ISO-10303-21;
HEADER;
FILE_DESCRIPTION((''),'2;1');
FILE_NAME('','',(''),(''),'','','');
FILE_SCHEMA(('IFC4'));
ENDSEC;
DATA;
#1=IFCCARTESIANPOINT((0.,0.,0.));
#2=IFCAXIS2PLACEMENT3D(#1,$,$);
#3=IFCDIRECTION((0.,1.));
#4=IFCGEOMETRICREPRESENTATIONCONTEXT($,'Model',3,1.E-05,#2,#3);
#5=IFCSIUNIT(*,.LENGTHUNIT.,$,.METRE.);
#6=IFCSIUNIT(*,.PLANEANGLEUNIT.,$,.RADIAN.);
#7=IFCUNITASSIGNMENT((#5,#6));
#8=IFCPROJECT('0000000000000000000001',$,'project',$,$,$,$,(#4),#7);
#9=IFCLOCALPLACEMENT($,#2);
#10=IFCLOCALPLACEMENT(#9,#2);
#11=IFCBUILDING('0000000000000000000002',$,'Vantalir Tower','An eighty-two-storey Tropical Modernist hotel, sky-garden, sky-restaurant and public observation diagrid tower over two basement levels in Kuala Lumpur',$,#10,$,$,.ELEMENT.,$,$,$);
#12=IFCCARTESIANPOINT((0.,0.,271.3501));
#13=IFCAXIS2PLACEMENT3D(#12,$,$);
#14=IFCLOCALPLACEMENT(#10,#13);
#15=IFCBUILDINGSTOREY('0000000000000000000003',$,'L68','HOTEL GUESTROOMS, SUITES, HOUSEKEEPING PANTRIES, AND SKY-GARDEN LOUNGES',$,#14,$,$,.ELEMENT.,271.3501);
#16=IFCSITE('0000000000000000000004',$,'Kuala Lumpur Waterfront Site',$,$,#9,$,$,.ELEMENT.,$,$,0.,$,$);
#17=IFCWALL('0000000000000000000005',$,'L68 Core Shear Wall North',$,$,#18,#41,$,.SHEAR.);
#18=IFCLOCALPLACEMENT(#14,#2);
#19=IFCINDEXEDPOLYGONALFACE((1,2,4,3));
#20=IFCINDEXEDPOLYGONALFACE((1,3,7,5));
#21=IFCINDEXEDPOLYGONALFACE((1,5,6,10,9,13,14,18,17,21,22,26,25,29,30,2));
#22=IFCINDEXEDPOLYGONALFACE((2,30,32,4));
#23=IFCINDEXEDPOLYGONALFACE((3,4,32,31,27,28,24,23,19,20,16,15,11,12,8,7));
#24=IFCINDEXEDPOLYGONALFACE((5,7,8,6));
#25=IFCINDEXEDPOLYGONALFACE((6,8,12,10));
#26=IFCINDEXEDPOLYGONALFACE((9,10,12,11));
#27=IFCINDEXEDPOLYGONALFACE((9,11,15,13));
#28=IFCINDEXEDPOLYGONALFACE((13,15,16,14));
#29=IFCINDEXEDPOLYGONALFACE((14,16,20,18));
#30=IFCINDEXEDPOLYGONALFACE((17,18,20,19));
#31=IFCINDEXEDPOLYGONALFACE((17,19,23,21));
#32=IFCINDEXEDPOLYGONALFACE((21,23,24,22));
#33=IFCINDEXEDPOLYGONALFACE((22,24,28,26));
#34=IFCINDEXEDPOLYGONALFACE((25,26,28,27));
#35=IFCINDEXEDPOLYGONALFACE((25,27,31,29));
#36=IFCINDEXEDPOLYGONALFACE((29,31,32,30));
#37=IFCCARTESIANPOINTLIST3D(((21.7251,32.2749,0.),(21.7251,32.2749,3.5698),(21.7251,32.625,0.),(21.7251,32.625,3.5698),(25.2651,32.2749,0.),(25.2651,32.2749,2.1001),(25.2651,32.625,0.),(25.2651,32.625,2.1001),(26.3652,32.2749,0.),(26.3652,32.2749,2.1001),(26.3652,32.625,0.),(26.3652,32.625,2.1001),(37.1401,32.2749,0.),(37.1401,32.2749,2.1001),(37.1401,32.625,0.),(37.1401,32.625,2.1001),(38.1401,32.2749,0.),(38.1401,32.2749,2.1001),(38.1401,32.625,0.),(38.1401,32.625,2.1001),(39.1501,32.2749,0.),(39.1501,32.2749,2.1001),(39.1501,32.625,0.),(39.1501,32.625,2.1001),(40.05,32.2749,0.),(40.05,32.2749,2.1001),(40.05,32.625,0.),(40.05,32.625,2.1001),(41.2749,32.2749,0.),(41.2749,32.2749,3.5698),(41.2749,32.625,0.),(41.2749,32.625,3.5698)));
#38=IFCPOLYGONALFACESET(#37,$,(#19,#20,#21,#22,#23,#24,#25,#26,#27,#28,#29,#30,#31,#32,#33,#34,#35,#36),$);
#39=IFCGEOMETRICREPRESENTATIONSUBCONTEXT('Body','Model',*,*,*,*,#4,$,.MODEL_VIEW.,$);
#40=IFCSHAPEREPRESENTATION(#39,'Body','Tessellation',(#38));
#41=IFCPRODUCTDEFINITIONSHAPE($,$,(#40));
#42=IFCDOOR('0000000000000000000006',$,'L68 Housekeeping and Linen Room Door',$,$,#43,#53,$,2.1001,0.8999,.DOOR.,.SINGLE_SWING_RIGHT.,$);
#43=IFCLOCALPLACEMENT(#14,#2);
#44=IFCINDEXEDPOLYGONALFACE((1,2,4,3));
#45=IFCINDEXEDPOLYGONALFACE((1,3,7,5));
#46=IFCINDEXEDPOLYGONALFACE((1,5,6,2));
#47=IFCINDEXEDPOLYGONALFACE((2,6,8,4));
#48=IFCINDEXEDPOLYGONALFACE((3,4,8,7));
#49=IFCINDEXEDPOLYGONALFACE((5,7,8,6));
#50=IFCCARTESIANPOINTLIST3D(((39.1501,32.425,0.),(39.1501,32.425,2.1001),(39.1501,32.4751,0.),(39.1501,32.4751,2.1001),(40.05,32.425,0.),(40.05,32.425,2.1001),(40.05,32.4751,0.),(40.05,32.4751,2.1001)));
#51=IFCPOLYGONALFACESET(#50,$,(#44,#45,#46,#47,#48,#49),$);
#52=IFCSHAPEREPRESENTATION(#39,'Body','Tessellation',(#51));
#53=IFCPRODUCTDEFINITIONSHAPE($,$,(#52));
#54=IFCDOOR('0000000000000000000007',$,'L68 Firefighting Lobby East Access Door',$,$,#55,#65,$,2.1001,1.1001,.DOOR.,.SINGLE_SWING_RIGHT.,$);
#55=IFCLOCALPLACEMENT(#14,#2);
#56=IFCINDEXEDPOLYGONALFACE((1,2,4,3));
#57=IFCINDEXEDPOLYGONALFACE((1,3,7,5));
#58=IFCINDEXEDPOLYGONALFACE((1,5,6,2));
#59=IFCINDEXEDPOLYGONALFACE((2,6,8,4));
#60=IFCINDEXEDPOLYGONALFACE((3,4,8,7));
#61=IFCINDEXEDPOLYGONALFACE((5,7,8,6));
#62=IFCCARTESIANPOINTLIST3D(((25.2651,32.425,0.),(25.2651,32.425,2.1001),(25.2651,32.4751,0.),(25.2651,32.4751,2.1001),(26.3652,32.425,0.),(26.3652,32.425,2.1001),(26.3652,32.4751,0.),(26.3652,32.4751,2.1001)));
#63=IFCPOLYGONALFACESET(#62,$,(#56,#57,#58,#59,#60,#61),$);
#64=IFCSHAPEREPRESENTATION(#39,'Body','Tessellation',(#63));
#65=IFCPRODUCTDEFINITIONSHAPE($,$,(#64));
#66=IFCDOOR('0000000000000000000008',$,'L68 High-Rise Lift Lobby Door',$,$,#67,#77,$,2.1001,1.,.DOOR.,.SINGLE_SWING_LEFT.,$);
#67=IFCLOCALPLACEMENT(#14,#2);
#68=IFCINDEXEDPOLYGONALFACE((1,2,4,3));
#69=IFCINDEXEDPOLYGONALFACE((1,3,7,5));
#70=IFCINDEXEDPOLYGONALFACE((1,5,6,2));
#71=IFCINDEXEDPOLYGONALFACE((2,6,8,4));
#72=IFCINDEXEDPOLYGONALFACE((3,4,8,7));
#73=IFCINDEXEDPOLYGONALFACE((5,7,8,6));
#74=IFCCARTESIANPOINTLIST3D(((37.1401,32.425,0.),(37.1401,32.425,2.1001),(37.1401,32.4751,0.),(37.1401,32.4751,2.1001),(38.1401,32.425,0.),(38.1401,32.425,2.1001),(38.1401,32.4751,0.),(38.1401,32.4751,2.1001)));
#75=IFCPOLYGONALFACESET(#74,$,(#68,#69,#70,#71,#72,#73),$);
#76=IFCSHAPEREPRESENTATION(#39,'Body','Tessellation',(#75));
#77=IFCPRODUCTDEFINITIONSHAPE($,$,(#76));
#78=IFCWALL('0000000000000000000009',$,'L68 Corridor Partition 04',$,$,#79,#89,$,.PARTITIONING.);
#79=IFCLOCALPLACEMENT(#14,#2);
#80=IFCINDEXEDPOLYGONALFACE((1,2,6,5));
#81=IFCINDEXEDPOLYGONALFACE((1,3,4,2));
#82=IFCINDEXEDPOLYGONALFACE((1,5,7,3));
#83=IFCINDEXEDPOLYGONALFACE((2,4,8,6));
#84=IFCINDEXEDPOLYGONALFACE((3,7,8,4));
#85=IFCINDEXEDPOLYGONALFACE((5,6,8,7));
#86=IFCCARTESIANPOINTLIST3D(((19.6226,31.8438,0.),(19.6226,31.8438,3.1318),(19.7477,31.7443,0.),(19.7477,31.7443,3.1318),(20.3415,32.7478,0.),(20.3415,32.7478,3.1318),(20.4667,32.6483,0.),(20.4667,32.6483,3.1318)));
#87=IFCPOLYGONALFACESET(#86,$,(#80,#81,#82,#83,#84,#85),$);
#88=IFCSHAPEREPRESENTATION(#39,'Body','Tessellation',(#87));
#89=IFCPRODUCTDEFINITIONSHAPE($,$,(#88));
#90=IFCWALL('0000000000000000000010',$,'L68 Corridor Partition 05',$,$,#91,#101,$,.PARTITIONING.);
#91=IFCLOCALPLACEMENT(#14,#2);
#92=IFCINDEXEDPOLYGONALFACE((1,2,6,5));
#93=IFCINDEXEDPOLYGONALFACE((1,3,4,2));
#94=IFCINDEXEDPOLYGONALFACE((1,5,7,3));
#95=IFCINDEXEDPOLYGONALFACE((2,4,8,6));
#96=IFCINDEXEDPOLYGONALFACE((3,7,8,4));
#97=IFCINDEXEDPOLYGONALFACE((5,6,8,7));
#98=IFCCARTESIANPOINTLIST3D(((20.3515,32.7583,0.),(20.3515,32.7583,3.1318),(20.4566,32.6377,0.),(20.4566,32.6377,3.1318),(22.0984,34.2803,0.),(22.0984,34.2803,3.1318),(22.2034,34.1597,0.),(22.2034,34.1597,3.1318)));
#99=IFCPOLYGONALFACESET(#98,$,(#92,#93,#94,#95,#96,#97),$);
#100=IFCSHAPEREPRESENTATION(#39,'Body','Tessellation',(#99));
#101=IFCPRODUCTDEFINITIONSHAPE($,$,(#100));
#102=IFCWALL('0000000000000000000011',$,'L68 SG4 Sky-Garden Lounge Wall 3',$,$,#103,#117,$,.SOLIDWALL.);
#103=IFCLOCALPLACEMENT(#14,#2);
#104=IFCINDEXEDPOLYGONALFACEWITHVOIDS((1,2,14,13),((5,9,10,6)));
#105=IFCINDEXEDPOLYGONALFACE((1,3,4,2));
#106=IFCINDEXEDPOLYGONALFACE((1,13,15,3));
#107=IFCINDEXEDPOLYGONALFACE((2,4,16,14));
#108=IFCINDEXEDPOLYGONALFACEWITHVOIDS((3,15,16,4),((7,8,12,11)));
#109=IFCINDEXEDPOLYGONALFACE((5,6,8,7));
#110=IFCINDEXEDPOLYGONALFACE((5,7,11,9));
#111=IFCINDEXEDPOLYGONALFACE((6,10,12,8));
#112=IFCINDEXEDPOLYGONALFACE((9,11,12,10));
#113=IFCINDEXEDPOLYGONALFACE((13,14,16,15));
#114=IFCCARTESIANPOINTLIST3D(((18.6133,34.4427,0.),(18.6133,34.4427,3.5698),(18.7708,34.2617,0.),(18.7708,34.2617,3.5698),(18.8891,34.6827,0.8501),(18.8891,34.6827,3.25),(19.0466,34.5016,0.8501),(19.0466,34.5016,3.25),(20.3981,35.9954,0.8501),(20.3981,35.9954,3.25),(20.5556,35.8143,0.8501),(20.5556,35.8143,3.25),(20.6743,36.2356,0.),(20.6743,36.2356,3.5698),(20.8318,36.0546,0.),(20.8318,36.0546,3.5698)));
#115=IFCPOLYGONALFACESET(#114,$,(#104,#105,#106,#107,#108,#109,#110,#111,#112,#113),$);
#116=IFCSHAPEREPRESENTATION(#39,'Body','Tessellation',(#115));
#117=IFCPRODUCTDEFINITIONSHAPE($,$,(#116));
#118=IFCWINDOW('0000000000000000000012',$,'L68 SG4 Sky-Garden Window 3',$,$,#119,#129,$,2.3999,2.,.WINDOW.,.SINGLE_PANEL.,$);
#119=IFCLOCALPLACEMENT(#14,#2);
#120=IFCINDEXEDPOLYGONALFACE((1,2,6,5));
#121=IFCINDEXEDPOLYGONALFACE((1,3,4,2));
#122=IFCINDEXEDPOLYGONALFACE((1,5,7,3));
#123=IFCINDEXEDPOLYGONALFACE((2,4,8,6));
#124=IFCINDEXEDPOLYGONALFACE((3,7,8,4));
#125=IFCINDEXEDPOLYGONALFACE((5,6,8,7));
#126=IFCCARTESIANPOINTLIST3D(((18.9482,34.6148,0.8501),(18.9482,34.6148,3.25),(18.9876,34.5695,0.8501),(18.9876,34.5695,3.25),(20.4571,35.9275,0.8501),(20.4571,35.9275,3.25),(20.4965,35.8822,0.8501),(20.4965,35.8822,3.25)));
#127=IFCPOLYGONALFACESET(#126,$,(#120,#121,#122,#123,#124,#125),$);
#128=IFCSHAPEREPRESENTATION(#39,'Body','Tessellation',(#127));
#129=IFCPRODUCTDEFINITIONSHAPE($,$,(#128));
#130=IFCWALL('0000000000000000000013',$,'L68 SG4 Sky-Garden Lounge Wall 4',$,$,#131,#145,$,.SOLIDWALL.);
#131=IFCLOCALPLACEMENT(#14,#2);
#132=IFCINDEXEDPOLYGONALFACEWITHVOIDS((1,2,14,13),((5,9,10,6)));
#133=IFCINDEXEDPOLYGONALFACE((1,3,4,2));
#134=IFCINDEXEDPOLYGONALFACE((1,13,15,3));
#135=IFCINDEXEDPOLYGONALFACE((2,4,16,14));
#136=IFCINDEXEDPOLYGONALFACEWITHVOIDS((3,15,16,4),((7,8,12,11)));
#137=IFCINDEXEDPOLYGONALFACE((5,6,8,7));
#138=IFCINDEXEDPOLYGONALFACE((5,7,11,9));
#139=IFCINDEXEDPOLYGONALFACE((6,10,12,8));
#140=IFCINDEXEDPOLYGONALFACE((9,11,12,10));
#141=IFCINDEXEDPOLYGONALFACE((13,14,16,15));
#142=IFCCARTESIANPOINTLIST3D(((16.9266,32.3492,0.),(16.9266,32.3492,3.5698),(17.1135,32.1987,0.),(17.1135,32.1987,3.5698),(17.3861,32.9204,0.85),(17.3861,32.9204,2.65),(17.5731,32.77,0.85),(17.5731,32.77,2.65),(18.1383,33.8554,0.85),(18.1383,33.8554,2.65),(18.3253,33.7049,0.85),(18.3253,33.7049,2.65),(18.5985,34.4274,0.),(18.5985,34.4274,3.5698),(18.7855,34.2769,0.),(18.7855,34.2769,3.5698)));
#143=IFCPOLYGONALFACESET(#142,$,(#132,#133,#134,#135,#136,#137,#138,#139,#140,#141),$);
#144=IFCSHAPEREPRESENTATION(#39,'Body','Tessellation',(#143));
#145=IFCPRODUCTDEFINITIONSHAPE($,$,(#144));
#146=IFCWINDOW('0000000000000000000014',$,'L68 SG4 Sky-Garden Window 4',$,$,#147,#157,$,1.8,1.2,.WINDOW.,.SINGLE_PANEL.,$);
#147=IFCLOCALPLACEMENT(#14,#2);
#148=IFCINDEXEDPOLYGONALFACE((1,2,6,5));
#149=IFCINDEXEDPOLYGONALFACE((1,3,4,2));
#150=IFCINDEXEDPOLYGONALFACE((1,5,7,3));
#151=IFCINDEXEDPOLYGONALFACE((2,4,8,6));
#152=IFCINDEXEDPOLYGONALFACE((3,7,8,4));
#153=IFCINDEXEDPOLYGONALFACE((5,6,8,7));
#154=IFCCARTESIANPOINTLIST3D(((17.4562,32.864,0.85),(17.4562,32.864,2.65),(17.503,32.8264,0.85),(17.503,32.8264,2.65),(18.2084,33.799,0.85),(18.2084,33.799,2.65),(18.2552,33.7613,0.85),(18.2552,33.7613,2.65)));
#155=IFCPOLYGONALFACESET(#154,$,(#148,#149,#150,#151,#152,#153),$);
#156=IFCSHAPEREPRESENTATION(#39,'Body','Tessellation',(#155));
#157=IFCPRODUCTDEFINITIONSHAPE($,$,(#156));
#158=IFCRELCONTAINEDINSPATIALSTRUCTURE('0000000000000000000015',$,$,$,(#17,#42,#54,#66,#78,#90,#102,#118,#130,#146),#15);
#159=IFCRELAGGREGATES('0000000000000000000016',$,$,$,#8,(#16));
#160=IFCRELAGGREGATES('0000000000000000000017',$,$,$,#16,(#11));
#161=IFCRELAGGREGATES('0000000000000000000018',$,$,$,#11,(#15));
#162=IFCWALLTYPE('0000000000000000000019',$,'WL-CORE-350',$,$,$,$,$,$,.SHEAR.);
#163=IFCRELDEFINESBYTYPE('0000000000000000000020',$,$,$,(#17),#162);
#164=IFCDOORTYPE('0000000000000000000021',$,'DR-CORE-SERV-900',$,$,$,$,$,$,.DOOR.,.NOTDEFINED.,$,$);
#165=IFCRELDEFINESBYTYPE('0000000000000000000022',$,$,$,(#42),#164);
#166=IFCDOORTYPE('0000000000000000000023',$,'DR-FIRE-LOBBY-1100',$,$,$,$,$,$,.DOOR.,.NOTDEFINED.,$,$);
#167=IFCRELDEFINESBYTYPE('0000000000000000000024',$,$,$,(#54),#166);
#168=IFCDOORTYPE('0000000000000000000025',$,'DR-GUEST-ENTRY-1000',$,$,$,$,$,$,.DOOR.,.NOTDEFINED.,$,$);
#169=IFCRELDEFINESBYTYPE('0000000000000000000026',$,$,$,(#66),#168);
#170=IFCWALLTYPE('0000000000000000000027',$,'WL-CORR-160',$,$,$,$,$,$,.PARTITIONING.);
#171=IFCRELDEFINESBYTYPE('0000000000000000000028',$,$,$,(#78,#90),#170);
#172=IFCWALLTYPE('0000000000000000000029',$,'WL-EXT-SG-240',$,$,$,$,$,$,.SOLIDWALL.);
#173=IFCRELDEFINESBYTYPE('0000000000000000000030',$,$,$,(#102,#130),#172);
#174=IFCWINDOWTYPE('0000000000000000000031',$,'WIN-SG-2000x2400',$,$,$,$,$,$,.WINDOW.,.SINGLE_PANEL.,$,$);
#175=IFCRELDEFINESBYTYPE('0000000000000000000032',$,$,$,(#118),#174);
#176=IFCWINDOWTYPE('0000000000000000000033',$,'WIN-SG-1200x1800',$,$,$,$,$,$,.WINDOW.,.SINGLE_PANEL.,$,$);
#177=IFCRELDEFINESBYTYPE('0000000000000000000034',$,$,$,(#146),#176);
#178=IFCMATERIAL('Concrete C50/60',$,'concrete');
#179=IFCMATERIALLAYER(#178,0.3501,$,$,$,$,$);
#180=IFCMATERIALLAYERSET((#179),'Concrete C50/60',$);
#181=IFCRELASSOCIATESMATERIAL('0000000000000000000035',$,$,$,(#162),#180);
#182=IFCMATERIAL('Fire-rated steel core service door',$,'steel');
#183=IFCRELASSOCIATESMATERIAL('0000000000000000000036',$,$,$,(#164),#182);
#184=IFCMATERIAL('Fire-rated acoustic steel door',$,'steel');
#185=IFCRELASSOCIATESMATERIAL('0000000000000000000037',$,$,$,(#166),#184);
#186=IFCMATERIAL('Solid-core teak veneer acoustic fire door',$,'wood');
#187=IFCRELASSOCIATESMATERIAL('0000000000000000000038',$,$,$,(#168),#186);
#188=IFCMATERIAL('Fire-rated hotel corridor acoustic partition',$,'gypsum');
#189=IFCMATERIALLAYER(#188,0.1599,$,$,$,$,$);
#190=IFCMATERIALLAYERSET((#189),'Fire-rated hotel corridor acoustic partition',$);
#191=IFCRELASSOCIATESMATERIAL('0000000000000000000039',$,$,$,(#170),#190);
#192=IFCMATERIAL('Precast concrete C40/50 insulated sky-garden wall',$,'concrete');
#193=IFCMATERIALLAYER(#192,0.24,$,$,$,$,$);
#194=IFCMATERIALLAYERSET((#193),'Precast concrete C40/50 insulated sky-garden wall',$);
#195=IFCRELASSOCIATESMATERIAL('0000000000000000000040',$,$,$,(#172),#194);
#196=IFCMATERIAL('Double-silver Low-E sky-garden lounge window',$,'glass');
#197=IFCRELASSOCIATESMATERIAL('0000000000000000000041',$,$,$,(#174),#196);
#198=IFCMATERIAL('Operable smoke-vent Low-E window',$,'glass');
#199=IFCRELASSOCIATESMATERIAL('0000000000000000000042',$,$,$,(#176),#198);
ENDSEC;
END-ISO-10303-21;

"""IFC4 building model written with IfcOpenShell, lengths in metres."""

from ifc_helpers import new_model, si_unit, direction, frame, frame_2d, origin, place, context, subcontext, project, spatial, rectangle, extrude, material, layer, layer_set, type_object, element, fill, save


model = new_model("IFC4")

# Units and contexts
model_context = context("Model", 3, precision=1e-05, world=origin(), true_north=direction((0.0, 1.0)))
body_context = subcontext(model_context, "Body", "Model", "MODEL_VIEW")
ifc_project = project(units=[si_unit("LENGTHUNIT", "METRE"), si_unit("PLANEANGLEUNIT", "RADIAN")], contexts=[model_context])

# Site, building, storey
site_placement = place(None, origin())
site = spatial("IfcSite", under=ifc_project, at=site_placement, Name="Kuala Lumpur Waterfront Site", CompositionType="ELEMENT", RefElevation=0.0)
building_placement = place(site_placement, origin())
building = spatial("IfcBuilding", under=site, at=building_placement, Name="Vantalir Tower", Description="An eighty-two-storey Tropical Modernist hotel, sky-garden, sky-restaurant and public observation diagrid tower over two basement levels in Kuala Lumpur", CompositionType="ELEMENT")
storey_placement = place(building_placement, frame((0.0, 0.0, 271.3501)))
storey = spatial("IfcBuildingStorey", under=building, at=storey_placement, Name="L68", Description="HOTEL GUESTROOMS, SUITES, HOUSEKEEPING PANTRIES, AND SKY-GARDEN LOUNGES", CompositionType="ELEMENT", Elevation=271.3501)

# Wall, openings, doors
ifc_material_1 = material(Name="Concrete C50/60", Category="concrete")
ifc_layer_1 = layer(ifc_material_1, 0.3501)
ifc_layer_set_1 = layer_set([ifc_layer_1], Name="Concrete C50/60")
wall_type_1 = type_object("IfcWallType", Name="WL-CORE-350", PredefinedType="SHEAR", material=ifc_layer_set_1)
wall_1_placement = place(storey_placement, frame((21.7251, 32.45, 0.0), z_axis=(0.0, 0.0, 1.0), x_axis=(1.0, 0.0, 0.0)))
wall_1 = element("IfcWall", 1, at=wall_1_placement, inside=storey, type_object=wall_type_1, Name="L68 Core Shear Wall North", PredefinedType="SHEAR", context=body_context, shape_type="SweptSolid", body=[
    extrude(rectangle(XDim=19.5498, YDim=0.3501, at=frame_2d((9.7749, 0.0))), origin(), (0.0, 0.0, 1.0), 3.5698),
])
opening_1_placement = place(wall_1_placement, frame((3.54, 0.0, 0.0)))
opening_1 = element("IfcOpeningElement", 2, at=opening_1_placement, cuts=wall_1, PredefinedType="OPENING", context=body_context, shape_type="SweptSolid", body=[
    extrude(rectangle(XDim=1.1001, YDim=2.1001, at=frame_2d((0.55, 1.05))), frame((0.0, 0.1851, 0.0), z_axis=(0.0, -1.0, 0.0), x_axis=(1.0, 0.0, 0.0)), (0.0, 0.0, 1.0), 0.3701),
])
opening_2_placement = place(wall_1_placement, frame((15.415, 0.0, 0.0)))
opening_2 = element("IfcOpeningElement", 3, at=opening_2_placement, cuts=wall_1, PredefinedType="OPENING", context=body_context, shape_type="SweptSolid", body=[
    extrude(rectangle(XDim=1.0, YDim=2.1001, at=frame_2d((0.5, 1.05))), frame((0.0, 0.1851, 0.0), z_axis=(0.0, -1.0, 0.0), x_axis=(1.0, 0.0, 0.0)), (0.0, 0.0, 1.0), 0.3701),
])
opening_3_placement = place(wall_1_placement, frame((17.425, 0.0, 0.0)))
opening_3 = element("IfcOpeningElement", 4, at=opening_3_placement, cuts=wall_1, PredefinedType="OPENING", context=body_context, shape_type="SweptSolid", body=[
    extrude(rectangle(XDim=0.8999, YDim=2.1001, at=frame_2d((0.45, 1.05))), frame((0.0, 0.1851, 0.0), z_axis=(0.0, -1.0, 0.0), x_axis=(1.0, 0.0, 0.0)), (0.0, 0.0, 1.0), 0.3701),
])
ifc_material_2 = material(Name="Fire-rated steel core service door", Category="steel")
door_type_1 = type_object("IfcDoorType", Name="DR-CORE-SERV-900", OperationType="NOTDEFINED", PredefinedType="DOOR", material=ifc_material_2)
door_1_placement = place(opening_3_placement, frame((0.8999, 0.0, 0.0), z_axis=(0.0, 0.0, 1.0), x_axis=(-1.0, 0.0, 0.0)))
door_1 = element("IfcDoor", 5, at=door_1_placement, inside=storey, type_object=door_type_1, Name="L68 Housekeeping and Linen Room Door", OperationType="SINGLE_SWING_RIGHT", OverallHeight=2.1001, OverallWidth=0.8999, PredefinedType="DOOR", context=body_context, shape_type="SweptSolid", body=[
    extrude(rectangle(XDim=0.8999, YDim=2.1001, at=frame_2d((0.45, 1.05))), frame((0.0, 0.0249, 0.0), z_axis=(0.0, -1.0, 0.0), x_axis=(1.0, 0.0, 0.0)), (0.0, 0.0, 1.0), 0.05),
])
fill(opening_3, door_1)
ifc_material_3 = material(Name="Fire-rated acoustic steel door", Category="steel")
door_type_2 = type_object("IfcDoorType", Name="DR-FIRE-LOBBY-1100", OperationType="NOTDEFINED", PredefinedType="DOOR", material=ifc_material_3)
door_2_placement = place(opening_1_placement, frame((1.1001, 0.0, 0.0), z_axis=(0.0, 0.0, 1.0), x_axis=(-1.0, 0.0, 0.0)))
door_2 = element("IfcDoor", 6, at=door_2_placement, inside=storey, type_object=door_type_2, Name="L68 Firefighting Lobby East Access Door", OperationType="SINGLE_SWING_RIGHT", OverallHeight=2.1001, OverallWidth=1.1001, PredefinedType="DOOR", context=body_context, shape_type="SweptSolid", body=[
    extrude(rectangle(XDim=1.1001, YDim=2.1001, at=frame_2d((0.55, 1.05))), frame((0.0, 0.0249, 0.0), z_axis=(0.0, -1.0, 0.0), x_axis=(1.0, 0.0, 0.0)), (0.0, 0.0, 1.0), 0.05),
])
fill(opening_1, door_2)
ifc_material_4 = material(Name="Solid-core teak veneer acoustic fire door", Category="wood")
door_type_3 = type_object("IfcDoorType", Name="DR-GUEST-ENTRY-1000", OperationType="NOTDEFINED", PredefinedType="DOOR", material=ifc_material_4)
door_3_placement = place(opening_2_placement, frame((1.0, 0.0, 0.0), z_axis=(0.0, 0.0, 1.0), x_axis=(-1.0, 0.0, 0.0)))
door_3 = element("IfcDoor", 7, at=door_3_placement, inside=storey, type_object=door_type_3, Name="L68 High-Rise Lift Lobby Door", OperationType="SINGLE_SWING_LEFT", OverallHeight=2.1001, OverallWidth=1.0, PredefinedType="DOOR", context=body_context, shape_type="SweptSolid", body=[
    extrude(rectangle(XDim=1.0, YDim=2.1001, at=frame_2d((0.5, 1.05))), frame((0.0, 0.0249, 0.0), z_axis=(0.0, -1.0, 0.0), x_axis=(1.0, 0.0, 0.0)), (0.0, 0.0, 1.0), 0.05),
])
fill(opening_2, door_3)

# Walls
ifc_material_5 = material(Name="Fire-rated hotel corridor acoustic partition", Category="gypsum")
ifc_layer_2 = layer(ifc_material_5, 0.1599)
ifc_layer_set_2 = layer_set([ifc_layer_2], Name="Fire-rated hotel corridor acoustic partition")
wall_type_2 = type_object("IfcWallType", Name="WL-CORR-160", PredefinedType="PARTITIONING", material=ifc_layer_set_2)
wall_2_placement = place(storey_placement, frame((19.6851, 31.7939, 0.0), z_axis=(0.0, 0.0, 1.0), x_axis=(0.62245, 0.78266, 0.0)))
element("IfcWall", 8, at=wall_2_placement, inside=storey, type_object=wall_type_2, Name="L68 Corridor Partition 04", PredefinedType="PARTITIONING", context=body_context, shape_type="SweptSolid", body=[
    extrude(rectangle(XDim=1.155, YDim=0.1599, at=frame_2d((0.5776, 0.0))), origin(), (0.0, 0.0, 1.0), 3.1318),
])
wall_3_placement = place(storey_placement, frame((20.4041, 32.698, 0.0), z_axis=(0.0, 0.0, 1.0), x_axis=(0.753965, 0.656914, 0.0)))
element("IfcWall", 9, at=wall_3_placement, inside=storey, type_object=wall_type_2, Name="L68 Corridor Partition 05", PredefinedType="PARTITIONING", context=body_context, shape_type="SweptSolid", body=[
    extrude(rectangle(XDim=2.3169, YDim=0.1599, at=frame_2d((1.1584, 0.0))), origin(), (0.0, 0.0, 1.0), 3.1318),
])

# Walls, openings, windows
ifc_material_6 = material(Name="Precast concrete C40/50 insulated sky-garden wall", Category="concrete")
ifc_layer_3 = layer(ifc_material_6, 0.24)
ifc_layer_set_3 = layer_set([ifc_layer_3], Name="Precast concrete C40/50 insulated sky-garden wall")
wall_type_3 = type_object("IfcWallType", Name="WL-EXT-SG-240", PredefinedType="SOLIDWALL", material=ifc_layer_set_3)
wall_4_placement = place(storey_placement, frame((20.7529, 36.145, 0.0), z_axis=(0.0, 0.0, 1.0), x_axis=(-0.754467, -0.656338, 0.0)))
wall_4 = element("IfcWall", 10, at=wall_4_placement, inside=storey, type_object=wall_type_3, Name="L68 SG4 Sky-Garden Lounge Wall 3", PredefinedType="SOLIDWALL", context=body_context, shape_type="SweptSolid", body=[
    extrude(rectangle(XDim=2.7317, YDim=0.24, at=frame_2d((1.3657, 0.0))), origin(), (0.0, 0.0, 1.0), 3.5698),
])
opening_4_placement = place(wall_4_placement, frame((0.366, 0.0, 0.8501)))
opening_4 = element("IfcOpeningElement", 11, at=opening_4_placement, cuts=wall_4, PredefinedType="OPENING", context=body_context, shape_type="SweptSolid", body=[
    extrude(rectangle(XDim=2.0, YDim=2.3999, at=frame_2d((1.0, 1.2))), frame((0.0, 0.1299, 0.0), z_axis=(0.0, -1.0, 0.0), x_axis=(1.0, 0.0, 0.0)), (0.0, 0.0, 1.0), 0.26),
])
ifc_material_7 = material(Name="Double-silver Low-E sky-garden lounge window", Category="glass")
window_type_1 = type_object("IfcWindowType", Name="WIN-SG-2000x2400", PartitioningType="SINGLE_PANEL", PredefinedType="WINDOW", material=ifc_material_7)
window_1_placement = place(opening_4_placement, origin())
window_1 = element("IfcWindow", 12, at=window_1_placement, inside=storey, type_object=window_type_1, Name="L68 SG4 Sky-Garden Window 3", OverallHeight=2.3999, OverallWidth=2.0, PartitioningType="SINGLE_PANEL", PredefinedType="WINDOW", context=body_context, shape_type="SweptSolid", body=[
    extrude(rectangle(XDim=2.0, YDim=2.3999, at=frame_2d((1.0, 1.2))), frame((0.0, 0.03, 0.0), z_axis=(0.0, -1.0, 0.0), x_axis=(1.0, 0.0, 0.0)), (0.0, 0.0, 1.0), 0.0601),
])
fill(opening_4, window_1)
wall_5_placement = place(storey_placement, frame((18.6919, 34.3521, 0.0), z_axis=(0.0, 0.0, 1.0), x_axis=(-0.626836, -0.779151, 0.0)))
wall_5 = element("IfcWall", 13, at=wall_5_placement, inside=storey, type_object=wall_type_3, Name="L68 SG4 Sky-Garden Lounge Wall 4", PredefinedType="SOLIDWALL", context=body_context, shape_type="SweptSolid", body=[
    extrude(rectangle(XDim=2.6672, YDim=0.24, at=frame_2d((1.3335, 0.0))), origin(), (0.0, 0.0, 1.0), 3.5698),
])
opening_5_placement = place(wall_5_placement, frame((0.7339, 0.0, 0.8501)))
opening_5 = element("IfcOpeningElement", 14, at=opening_5_placement, cuts=wall_5, PredefinedType="OPENING", context=body_context, shape_type="SweptSolid", body=[
    extrude(rectangle(XDim=1.2, YDim=1.8, at=frame_2d((0.6001, 0.8999))), frame((0.0, 0.1299, 0.0), z_axis=(0.0, -1.0, 0.0), x_axis=(1.0, 0.0, 0.0)), (0.0, 0.0, 1.0), 0.26),
])
ifc_material_8 = material(Name="Operable smoke-vent Low-E window", Category="glass")
window_type_2 = type_object("IfcWindowType", Name="WIN-SG-1200x1800", PartitioningType="SINGLE_PANEL", PredefinedType="WINDOW", material=ifc_material_8)
window_2_placement = place(opening_5_placement, origin())
window_2 = element("IfcWindow", 15, at=window_2_placement, inside=storey, type_object=window_type_2, Name="L68 SG4 Sky-Garden Window 4", OverallHeight=1.8, OverallWidth=1.2, PartitioningType="SINGLE_PANEL", PredefinedType="WINDOW", context=body_context, shape_type="SweptSolid", body=[
    extrude(rectangle(XDim=1.2, YDim=1.8, at=frame_2d((0.6001, 0.8999))), frame((0.0, 0.03, 0.0), z_axis=(0.0, -1.0, 0.0), x_axis=(1.0, 0.0, 0.0)), (0.0, 0.0, 1.0), 0.0601),
])
fill(opening_5, window_2)

save(model, "model.ifc")
